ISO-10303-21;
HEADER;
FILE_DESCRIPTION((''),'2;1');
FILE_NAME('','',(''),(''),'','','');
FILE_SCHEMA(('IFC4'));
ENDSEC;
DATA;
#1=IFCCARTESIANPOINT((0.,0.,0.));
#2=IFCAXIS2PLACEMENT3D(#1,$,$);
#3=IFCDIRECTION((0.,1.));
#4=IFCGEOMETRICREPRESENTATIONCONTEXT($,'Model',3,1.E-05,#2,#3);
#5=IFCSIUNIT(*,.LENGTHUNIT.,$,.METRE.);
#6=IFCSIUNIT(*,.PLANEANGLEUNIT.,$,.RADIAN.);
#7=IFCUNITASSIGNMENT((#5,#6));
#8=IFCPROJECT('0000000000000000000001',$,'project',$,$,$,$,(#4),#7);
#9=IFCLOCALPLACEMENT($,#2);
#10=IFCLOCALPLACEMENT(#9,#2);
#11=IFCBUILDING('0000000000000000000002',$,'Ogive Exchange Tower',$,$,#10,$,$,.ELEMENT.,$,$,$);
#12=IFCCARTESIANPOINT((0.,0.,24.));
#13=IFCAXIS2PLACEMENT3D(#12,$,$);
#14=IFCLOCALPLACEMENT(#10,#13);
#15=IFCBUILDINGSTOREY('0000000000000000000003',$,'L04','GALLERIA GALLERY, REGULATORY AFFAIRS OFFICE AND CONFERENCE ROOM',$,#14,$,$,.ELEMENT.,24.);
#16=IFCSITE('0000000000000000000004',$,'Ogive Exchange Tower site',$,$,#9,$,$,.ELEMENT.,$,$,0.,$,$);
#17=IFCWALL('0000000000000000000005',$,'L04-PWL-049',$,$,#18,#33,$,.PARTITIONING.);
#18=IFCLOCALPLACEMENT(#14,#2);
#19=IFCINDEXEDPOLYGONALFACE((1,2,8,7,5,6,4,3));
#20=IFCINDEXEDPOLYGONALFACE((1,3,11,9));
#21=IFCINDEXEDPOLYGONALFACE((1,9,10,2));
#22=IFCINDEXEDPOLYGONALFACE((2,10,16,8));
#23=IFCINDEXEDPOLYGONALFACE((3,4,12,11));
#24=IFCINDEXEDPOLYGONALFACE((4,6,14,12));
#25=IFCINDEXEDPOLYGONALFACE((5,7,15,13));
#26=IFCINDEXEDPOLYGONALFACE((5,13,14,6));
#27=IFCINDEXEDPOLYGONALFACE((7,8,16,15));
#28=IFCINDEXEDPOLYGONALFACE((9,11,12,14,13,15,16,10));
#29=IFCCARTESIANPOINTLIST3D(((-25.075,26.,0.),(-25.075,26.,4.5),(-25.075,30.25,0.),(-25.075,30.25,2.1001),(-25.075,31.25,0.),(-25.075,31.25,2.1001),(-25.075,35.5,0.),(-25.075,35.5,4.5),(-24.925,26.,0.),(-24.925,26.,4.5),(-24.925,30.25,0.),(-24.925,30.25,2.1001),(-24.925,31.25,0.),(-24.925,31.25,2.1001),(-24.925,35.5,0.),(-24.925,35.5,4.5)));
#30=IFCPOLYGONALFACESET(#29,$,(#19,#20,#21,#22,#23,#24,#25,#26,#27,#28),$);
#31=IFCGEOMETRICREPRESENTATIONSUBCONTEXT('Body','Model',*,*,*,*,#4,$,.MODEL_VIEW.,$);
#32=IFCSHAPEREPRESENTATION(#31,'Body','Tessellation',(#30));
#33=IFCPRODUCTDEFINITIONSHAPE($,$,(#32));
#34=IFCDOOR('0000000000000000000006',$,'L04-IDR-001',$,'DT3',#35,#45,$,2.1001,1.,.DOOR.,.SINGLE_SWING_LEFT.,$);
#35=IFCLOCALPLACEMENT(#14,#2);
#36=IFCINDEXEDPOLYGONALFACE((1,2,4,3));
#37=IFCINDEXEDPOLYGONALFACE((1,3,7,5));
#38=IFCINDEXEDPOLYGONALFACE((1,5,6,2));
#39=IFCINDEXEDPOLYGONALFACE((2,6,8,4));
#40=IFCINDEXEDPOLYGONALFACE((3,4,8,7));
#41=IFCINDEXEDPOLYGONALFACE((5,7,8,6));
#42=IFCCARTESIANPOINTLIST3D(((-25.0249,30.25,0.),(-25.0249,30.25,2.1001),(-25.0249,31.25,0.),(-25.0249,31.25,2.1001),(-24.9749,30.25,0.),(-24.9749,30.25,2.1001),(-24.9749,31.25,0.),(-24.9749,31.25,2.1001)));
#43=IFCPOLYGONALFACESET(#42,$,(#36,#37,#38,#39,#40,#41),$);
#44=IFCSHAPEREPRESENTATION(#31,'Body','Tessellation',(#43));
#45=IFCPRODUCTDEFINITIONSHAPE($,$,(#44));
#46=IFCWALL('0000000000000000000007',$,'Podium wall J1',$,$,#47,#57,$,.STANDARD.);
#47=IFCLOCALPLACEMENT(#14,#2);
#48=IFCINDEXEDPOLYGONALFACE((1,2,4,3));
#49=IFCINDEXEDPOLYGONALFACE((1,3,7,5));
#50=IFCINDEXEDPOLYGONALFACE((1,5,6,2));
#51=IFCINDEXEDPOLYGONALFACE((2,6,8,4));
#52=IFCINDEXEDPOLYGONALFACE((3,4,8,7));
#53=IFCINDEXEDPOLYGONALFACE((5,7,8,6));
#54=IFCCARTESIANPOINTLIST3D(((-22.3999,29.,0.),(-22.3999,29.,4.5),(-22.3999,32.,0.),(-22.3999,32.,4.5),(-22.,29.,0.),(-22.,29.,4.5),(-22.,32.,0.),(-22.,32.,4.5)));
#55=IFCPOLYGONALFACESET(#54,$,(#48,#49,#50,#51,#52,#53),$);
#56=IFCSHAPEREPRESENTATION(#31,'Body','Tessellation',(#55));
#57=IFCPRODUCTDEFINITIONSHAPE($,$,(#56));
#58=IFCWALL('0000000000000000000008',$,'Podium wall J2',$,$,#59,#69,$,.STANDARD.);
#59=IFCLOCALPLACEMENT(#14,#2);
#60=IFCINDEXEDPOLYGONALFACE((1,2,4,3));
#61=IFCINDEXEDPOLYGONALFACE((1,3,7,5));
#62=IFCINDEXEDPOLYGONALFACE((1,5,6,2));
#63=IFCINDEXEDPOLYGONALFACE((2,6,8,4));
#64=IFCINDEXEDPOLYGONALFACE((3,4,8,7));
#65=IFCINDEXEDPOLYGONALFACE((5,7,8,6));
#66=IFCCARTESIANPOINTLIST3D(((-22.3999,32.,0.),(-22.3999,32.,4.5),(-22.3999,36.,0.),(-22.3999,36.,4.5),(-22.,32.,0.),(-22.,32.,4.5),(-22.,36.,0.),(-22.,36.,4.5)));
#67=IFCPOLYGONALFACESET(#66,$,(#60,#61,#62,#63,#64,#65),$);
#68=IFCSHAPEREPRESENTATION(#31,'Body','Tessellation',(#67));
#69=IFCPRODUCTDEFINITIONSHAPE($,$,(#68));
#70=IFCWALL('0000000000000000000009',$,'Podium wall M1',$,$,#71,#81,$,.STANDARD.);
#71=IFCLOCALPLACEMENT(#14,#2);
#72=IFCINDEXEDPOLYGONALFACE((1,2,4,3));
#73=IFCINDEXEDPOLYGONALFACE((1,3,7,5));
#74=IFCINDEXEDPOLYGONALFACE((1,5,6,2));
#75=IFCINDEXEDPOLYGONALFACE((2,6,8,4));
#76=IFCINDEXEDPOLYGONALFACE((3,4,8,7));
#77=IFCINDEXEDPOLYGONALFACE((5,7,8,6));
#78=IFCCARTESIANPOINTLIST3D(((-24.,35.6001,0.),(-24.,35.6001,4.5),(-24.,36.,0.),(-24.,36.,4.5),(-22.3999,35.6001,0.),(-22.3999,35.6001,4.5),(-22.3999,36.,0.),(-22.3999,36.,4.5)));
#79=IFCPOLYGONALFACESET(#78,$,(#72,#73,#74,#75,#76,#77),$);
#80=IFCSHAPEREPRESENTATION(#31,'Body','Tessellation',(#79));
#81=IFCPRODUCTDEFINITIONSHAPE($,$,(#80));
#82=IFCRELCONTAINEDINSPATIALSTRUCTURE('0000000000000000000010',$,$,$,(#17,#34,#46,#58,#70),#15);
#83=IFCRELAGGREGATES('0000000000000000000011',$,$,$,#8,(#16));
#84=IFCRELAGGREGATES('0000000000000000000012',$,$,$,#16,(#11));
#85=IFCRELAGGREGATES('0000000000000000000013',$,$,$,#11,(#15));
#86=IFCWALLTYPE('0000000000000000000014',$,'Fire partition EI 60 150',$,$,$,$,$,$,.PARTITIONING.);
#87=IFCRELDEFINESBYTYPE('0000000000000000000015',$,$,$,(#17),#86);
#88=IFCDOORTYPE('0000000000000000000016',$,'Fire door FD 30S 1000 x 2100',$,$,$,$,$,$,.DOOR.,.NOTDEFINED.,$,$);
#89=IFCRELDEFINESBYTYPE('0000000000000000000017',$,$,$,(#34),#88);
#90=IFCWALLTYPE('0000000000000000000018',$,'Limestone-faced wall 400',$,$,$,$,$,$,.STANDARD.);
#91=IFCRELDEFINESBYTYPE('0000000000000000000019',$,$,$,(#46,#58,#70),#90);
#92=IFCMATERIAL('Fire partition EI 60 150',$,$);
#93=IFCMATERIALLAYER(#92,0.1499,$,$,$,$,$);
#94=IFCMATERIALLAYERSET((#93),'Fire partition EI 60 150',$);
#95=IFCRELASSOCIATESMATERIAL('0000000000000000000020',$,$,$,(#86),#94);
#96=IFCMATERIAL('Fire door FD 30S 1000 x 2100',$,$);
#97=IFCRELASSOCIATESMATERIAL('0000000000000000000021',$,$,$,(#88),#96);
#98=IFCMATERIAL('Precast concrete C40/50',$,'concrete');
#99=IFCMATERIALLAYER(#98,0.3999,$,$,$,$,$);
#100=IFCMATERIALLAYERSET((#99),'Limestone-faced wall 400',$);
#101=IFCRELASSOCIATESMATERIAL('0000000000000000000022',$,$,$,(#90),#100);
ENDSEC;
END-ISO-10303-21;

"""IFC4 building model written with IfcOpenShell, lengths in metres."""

from ifc_helpers import new_model, si_unit, direction, frame, frame_2d, origin, place, context, subcontext, project, spatial, rectangle, extrude, material, layer, layer_set, type_object, element, fill, save


model = new_model("IFC4")

# Units and contexts
model_context = context("Model", 3, precision=1e-05, world=origin(), true_north=direction((0.0, 1.0)))
body_context = subcontext(model_context, "Body", "Model", "MODEL_VIEW")
ifc_project = project(units=[si_unit("LENGTHUNIT", "METRE"), si_unit("PLANEANGLEUNIT", "RADIAN")], contexts=[model_context])

# Site, building, storey
site_placement = place(None, origin())
site = spatial("IfcSite", under=ifc_project, at=site_placement, Name="Ogive Exchange Tower site", CompositionType="ELEMENT", RefElevation=0.0)
building_placement = place(site_placement, origin())
building = spatial("IfcBuilding", under=site, at=building_placement, Name="Ogive Exchange Tower", CompositionType="ELEMENT")
storey_placement = place(building_placement, frame((0.0, 0.0, 24.0)))
storey = spatial("IfcBuildingStorey", under=building, at=storey_placement, Name="L04", Description="GALLERIA GALLERY, REGULATORY AFFAIRS OFFICE AND CONFERENCE ROOM", CompositionType="ELEMENT", Elevation=24.0)

# Wall, opening, door
ifc_material_1 = material(Name="Fire partition EI 60 150")
ifc_layer_1 = layer(ifc_material_1, 0.1499)
ifc_layer_set_1 = layer_set([ifc_layer_1], Name="Fire partition EI 60 150")
wall_type_1 = type_object("IfcWallType", Name="Fire partition EI 60 150", PredefinedType="PARTITIONING", material=ifc_layer_set_1)
wall_1_placement = place(storey_placement, frame((-25.0, 26.0, 0.0), z_axis=(0.0, 0.0, 1.0), x_axis=(0.0, 1.0, 0.0)))
wall_1 = element("IfcWall", 1, at=wall_1_placement, inside=storey, type_object=wall_type_1, Name="L04-PWL-049", PredefinedType="PARTITIONING", context=body_context, shape_type="SweptSolid", body=[
    extrude(rectangle(XDim=9.5, YDim=0.1499, at=frame_2d((4.75, 0.0))), origin(), (0.0, 0.0, 1.0), 4.5),
])
opening_1_placement = place(wall_1_placement, frame((4.25, 0.0, 0.0)))
opening_1 = element("IfcOpeningElement", 2, at=opening_1_placement, cuts=wall_1, PredefinedType="OPENING", context=body_context, shape_type="SweptSolid", body=[
    extrude(rectangle(XDim=1.0, YDim=2.1001, at=frame_2d((0.5, 1.05))), frame((0.0, 0.085, 0.0), z_axis=(0.0, -1.0, 0.0), x_axis=(1.0, 0.0, 0.0)), (0.0, 0.0, 1.0), 0.1699),
])
ifc_material_2 = material(Name="Fire door FD 30S 1000 x 2100")
door_type = type_object("IfcDoorType", Name="Fire door FD 30S 1000 x 2100", OperationType="NOTDEFINED", PredefinedType="DOOR", material=ifc_material_2)
door_placement = place(opening_1_placement, origin())
door = element("IfcDoor", 3, at=door_placement, inside=storey, type_object=door_type, Name="L04-IDR-001", ObjectType="DT3", OperationType="SINGLE_SWING_LEFT", OverallHeight=2.1001, OverallWidth=1.0, PredefinedType="DOOR", context=body_context, shape_type="SweptSolid", body=[
    extrude(rectangle(XDim=1.0, YDim=2.1001, at=frame_2d((0.5, 1.05))), frame((0.0, 0.0249, 0.0), z_axis=(0.0, -1.0, 0.0), x_axis=(1.0, 0.0, 0.0)), (0.0, 0.0, 1.0), 0.05),
])
fill(opening_1, door)

# Walls
ifc_material_3 = material(Name="Precast concrete C40/50", Category="concrete")
ifc_layer_2 = layer(ifc_material_3, 0.3999)
ifc_layer_set_2 = layer_set([ifc_layer_2], Name="Limestone-faced wall 400")
wall_type_2 = type_object("IfcWallType", Name="Limestone-faced wall 400", PredefinedType="STANDARD", material=ifc_layer_set_2)
wall_2_placement = place(storey_placement, frame((-22.2, 29.0, 0.0), z_axis=(0.0, 0.0, 1.0), x_axis=(0.0, 1.0, 0.0)))
element("IfcWall", 4, at=wall_2_placement, inside=storey, type_object=wall_type_2, Name="Podium wall J1", PredefinedType="STANDARD", context=body_context, shape_type="SweptSolid", body=[
    extrude(rectangle(XDim=3.0, YDim=0.3999, at=frame_2d((1.5, 0.0))), origin(), (0.0, 0.0, 1.0), 4.5),
])
wall_3_placement = place(storey_placement, frame((-22.2, 32.0, 0.0), z_axis=(0.0, 0.0, 1.0), x_axis=(0.0, 1.0, 0.0)))
element("IfcWall", 5, at=wall_3_placement, inside=storey, type_object=wall_type_2, Name="Podium wall J2", PredefinedType="STANDARD", context=body_context, shape_type="SweptSolid", body=[
    extrude(rectangle(XDim=4.0, YDim=0.3999, at=frame_2d((2.0, 0.0))), origin(), (0.0, 0.0, 1.0), 4.5),
])
wall_4_placement = place(storey_placement, frame((-22.3999, 35.8, 0.0), z_axis=(0.0, 0.0, 1.0), x_axis=(-1.0, 0.0, 0.0)))
element("IfcWall", 6, at=wall_4_placement, inside=storey, type_object=wall_type_2, Name="Podium wall M1", PredefinedType="STANDARD", context=body_context, shape_type="SweptSolid", body=[
    extrude(rectangle(XDim=1.6001, YDim=0.3999, at=frame_2d((0.8, 0.0))), origin(), (0.0, 0.0, 1.0), 4.5),
])

save(model, "model.ifc")
